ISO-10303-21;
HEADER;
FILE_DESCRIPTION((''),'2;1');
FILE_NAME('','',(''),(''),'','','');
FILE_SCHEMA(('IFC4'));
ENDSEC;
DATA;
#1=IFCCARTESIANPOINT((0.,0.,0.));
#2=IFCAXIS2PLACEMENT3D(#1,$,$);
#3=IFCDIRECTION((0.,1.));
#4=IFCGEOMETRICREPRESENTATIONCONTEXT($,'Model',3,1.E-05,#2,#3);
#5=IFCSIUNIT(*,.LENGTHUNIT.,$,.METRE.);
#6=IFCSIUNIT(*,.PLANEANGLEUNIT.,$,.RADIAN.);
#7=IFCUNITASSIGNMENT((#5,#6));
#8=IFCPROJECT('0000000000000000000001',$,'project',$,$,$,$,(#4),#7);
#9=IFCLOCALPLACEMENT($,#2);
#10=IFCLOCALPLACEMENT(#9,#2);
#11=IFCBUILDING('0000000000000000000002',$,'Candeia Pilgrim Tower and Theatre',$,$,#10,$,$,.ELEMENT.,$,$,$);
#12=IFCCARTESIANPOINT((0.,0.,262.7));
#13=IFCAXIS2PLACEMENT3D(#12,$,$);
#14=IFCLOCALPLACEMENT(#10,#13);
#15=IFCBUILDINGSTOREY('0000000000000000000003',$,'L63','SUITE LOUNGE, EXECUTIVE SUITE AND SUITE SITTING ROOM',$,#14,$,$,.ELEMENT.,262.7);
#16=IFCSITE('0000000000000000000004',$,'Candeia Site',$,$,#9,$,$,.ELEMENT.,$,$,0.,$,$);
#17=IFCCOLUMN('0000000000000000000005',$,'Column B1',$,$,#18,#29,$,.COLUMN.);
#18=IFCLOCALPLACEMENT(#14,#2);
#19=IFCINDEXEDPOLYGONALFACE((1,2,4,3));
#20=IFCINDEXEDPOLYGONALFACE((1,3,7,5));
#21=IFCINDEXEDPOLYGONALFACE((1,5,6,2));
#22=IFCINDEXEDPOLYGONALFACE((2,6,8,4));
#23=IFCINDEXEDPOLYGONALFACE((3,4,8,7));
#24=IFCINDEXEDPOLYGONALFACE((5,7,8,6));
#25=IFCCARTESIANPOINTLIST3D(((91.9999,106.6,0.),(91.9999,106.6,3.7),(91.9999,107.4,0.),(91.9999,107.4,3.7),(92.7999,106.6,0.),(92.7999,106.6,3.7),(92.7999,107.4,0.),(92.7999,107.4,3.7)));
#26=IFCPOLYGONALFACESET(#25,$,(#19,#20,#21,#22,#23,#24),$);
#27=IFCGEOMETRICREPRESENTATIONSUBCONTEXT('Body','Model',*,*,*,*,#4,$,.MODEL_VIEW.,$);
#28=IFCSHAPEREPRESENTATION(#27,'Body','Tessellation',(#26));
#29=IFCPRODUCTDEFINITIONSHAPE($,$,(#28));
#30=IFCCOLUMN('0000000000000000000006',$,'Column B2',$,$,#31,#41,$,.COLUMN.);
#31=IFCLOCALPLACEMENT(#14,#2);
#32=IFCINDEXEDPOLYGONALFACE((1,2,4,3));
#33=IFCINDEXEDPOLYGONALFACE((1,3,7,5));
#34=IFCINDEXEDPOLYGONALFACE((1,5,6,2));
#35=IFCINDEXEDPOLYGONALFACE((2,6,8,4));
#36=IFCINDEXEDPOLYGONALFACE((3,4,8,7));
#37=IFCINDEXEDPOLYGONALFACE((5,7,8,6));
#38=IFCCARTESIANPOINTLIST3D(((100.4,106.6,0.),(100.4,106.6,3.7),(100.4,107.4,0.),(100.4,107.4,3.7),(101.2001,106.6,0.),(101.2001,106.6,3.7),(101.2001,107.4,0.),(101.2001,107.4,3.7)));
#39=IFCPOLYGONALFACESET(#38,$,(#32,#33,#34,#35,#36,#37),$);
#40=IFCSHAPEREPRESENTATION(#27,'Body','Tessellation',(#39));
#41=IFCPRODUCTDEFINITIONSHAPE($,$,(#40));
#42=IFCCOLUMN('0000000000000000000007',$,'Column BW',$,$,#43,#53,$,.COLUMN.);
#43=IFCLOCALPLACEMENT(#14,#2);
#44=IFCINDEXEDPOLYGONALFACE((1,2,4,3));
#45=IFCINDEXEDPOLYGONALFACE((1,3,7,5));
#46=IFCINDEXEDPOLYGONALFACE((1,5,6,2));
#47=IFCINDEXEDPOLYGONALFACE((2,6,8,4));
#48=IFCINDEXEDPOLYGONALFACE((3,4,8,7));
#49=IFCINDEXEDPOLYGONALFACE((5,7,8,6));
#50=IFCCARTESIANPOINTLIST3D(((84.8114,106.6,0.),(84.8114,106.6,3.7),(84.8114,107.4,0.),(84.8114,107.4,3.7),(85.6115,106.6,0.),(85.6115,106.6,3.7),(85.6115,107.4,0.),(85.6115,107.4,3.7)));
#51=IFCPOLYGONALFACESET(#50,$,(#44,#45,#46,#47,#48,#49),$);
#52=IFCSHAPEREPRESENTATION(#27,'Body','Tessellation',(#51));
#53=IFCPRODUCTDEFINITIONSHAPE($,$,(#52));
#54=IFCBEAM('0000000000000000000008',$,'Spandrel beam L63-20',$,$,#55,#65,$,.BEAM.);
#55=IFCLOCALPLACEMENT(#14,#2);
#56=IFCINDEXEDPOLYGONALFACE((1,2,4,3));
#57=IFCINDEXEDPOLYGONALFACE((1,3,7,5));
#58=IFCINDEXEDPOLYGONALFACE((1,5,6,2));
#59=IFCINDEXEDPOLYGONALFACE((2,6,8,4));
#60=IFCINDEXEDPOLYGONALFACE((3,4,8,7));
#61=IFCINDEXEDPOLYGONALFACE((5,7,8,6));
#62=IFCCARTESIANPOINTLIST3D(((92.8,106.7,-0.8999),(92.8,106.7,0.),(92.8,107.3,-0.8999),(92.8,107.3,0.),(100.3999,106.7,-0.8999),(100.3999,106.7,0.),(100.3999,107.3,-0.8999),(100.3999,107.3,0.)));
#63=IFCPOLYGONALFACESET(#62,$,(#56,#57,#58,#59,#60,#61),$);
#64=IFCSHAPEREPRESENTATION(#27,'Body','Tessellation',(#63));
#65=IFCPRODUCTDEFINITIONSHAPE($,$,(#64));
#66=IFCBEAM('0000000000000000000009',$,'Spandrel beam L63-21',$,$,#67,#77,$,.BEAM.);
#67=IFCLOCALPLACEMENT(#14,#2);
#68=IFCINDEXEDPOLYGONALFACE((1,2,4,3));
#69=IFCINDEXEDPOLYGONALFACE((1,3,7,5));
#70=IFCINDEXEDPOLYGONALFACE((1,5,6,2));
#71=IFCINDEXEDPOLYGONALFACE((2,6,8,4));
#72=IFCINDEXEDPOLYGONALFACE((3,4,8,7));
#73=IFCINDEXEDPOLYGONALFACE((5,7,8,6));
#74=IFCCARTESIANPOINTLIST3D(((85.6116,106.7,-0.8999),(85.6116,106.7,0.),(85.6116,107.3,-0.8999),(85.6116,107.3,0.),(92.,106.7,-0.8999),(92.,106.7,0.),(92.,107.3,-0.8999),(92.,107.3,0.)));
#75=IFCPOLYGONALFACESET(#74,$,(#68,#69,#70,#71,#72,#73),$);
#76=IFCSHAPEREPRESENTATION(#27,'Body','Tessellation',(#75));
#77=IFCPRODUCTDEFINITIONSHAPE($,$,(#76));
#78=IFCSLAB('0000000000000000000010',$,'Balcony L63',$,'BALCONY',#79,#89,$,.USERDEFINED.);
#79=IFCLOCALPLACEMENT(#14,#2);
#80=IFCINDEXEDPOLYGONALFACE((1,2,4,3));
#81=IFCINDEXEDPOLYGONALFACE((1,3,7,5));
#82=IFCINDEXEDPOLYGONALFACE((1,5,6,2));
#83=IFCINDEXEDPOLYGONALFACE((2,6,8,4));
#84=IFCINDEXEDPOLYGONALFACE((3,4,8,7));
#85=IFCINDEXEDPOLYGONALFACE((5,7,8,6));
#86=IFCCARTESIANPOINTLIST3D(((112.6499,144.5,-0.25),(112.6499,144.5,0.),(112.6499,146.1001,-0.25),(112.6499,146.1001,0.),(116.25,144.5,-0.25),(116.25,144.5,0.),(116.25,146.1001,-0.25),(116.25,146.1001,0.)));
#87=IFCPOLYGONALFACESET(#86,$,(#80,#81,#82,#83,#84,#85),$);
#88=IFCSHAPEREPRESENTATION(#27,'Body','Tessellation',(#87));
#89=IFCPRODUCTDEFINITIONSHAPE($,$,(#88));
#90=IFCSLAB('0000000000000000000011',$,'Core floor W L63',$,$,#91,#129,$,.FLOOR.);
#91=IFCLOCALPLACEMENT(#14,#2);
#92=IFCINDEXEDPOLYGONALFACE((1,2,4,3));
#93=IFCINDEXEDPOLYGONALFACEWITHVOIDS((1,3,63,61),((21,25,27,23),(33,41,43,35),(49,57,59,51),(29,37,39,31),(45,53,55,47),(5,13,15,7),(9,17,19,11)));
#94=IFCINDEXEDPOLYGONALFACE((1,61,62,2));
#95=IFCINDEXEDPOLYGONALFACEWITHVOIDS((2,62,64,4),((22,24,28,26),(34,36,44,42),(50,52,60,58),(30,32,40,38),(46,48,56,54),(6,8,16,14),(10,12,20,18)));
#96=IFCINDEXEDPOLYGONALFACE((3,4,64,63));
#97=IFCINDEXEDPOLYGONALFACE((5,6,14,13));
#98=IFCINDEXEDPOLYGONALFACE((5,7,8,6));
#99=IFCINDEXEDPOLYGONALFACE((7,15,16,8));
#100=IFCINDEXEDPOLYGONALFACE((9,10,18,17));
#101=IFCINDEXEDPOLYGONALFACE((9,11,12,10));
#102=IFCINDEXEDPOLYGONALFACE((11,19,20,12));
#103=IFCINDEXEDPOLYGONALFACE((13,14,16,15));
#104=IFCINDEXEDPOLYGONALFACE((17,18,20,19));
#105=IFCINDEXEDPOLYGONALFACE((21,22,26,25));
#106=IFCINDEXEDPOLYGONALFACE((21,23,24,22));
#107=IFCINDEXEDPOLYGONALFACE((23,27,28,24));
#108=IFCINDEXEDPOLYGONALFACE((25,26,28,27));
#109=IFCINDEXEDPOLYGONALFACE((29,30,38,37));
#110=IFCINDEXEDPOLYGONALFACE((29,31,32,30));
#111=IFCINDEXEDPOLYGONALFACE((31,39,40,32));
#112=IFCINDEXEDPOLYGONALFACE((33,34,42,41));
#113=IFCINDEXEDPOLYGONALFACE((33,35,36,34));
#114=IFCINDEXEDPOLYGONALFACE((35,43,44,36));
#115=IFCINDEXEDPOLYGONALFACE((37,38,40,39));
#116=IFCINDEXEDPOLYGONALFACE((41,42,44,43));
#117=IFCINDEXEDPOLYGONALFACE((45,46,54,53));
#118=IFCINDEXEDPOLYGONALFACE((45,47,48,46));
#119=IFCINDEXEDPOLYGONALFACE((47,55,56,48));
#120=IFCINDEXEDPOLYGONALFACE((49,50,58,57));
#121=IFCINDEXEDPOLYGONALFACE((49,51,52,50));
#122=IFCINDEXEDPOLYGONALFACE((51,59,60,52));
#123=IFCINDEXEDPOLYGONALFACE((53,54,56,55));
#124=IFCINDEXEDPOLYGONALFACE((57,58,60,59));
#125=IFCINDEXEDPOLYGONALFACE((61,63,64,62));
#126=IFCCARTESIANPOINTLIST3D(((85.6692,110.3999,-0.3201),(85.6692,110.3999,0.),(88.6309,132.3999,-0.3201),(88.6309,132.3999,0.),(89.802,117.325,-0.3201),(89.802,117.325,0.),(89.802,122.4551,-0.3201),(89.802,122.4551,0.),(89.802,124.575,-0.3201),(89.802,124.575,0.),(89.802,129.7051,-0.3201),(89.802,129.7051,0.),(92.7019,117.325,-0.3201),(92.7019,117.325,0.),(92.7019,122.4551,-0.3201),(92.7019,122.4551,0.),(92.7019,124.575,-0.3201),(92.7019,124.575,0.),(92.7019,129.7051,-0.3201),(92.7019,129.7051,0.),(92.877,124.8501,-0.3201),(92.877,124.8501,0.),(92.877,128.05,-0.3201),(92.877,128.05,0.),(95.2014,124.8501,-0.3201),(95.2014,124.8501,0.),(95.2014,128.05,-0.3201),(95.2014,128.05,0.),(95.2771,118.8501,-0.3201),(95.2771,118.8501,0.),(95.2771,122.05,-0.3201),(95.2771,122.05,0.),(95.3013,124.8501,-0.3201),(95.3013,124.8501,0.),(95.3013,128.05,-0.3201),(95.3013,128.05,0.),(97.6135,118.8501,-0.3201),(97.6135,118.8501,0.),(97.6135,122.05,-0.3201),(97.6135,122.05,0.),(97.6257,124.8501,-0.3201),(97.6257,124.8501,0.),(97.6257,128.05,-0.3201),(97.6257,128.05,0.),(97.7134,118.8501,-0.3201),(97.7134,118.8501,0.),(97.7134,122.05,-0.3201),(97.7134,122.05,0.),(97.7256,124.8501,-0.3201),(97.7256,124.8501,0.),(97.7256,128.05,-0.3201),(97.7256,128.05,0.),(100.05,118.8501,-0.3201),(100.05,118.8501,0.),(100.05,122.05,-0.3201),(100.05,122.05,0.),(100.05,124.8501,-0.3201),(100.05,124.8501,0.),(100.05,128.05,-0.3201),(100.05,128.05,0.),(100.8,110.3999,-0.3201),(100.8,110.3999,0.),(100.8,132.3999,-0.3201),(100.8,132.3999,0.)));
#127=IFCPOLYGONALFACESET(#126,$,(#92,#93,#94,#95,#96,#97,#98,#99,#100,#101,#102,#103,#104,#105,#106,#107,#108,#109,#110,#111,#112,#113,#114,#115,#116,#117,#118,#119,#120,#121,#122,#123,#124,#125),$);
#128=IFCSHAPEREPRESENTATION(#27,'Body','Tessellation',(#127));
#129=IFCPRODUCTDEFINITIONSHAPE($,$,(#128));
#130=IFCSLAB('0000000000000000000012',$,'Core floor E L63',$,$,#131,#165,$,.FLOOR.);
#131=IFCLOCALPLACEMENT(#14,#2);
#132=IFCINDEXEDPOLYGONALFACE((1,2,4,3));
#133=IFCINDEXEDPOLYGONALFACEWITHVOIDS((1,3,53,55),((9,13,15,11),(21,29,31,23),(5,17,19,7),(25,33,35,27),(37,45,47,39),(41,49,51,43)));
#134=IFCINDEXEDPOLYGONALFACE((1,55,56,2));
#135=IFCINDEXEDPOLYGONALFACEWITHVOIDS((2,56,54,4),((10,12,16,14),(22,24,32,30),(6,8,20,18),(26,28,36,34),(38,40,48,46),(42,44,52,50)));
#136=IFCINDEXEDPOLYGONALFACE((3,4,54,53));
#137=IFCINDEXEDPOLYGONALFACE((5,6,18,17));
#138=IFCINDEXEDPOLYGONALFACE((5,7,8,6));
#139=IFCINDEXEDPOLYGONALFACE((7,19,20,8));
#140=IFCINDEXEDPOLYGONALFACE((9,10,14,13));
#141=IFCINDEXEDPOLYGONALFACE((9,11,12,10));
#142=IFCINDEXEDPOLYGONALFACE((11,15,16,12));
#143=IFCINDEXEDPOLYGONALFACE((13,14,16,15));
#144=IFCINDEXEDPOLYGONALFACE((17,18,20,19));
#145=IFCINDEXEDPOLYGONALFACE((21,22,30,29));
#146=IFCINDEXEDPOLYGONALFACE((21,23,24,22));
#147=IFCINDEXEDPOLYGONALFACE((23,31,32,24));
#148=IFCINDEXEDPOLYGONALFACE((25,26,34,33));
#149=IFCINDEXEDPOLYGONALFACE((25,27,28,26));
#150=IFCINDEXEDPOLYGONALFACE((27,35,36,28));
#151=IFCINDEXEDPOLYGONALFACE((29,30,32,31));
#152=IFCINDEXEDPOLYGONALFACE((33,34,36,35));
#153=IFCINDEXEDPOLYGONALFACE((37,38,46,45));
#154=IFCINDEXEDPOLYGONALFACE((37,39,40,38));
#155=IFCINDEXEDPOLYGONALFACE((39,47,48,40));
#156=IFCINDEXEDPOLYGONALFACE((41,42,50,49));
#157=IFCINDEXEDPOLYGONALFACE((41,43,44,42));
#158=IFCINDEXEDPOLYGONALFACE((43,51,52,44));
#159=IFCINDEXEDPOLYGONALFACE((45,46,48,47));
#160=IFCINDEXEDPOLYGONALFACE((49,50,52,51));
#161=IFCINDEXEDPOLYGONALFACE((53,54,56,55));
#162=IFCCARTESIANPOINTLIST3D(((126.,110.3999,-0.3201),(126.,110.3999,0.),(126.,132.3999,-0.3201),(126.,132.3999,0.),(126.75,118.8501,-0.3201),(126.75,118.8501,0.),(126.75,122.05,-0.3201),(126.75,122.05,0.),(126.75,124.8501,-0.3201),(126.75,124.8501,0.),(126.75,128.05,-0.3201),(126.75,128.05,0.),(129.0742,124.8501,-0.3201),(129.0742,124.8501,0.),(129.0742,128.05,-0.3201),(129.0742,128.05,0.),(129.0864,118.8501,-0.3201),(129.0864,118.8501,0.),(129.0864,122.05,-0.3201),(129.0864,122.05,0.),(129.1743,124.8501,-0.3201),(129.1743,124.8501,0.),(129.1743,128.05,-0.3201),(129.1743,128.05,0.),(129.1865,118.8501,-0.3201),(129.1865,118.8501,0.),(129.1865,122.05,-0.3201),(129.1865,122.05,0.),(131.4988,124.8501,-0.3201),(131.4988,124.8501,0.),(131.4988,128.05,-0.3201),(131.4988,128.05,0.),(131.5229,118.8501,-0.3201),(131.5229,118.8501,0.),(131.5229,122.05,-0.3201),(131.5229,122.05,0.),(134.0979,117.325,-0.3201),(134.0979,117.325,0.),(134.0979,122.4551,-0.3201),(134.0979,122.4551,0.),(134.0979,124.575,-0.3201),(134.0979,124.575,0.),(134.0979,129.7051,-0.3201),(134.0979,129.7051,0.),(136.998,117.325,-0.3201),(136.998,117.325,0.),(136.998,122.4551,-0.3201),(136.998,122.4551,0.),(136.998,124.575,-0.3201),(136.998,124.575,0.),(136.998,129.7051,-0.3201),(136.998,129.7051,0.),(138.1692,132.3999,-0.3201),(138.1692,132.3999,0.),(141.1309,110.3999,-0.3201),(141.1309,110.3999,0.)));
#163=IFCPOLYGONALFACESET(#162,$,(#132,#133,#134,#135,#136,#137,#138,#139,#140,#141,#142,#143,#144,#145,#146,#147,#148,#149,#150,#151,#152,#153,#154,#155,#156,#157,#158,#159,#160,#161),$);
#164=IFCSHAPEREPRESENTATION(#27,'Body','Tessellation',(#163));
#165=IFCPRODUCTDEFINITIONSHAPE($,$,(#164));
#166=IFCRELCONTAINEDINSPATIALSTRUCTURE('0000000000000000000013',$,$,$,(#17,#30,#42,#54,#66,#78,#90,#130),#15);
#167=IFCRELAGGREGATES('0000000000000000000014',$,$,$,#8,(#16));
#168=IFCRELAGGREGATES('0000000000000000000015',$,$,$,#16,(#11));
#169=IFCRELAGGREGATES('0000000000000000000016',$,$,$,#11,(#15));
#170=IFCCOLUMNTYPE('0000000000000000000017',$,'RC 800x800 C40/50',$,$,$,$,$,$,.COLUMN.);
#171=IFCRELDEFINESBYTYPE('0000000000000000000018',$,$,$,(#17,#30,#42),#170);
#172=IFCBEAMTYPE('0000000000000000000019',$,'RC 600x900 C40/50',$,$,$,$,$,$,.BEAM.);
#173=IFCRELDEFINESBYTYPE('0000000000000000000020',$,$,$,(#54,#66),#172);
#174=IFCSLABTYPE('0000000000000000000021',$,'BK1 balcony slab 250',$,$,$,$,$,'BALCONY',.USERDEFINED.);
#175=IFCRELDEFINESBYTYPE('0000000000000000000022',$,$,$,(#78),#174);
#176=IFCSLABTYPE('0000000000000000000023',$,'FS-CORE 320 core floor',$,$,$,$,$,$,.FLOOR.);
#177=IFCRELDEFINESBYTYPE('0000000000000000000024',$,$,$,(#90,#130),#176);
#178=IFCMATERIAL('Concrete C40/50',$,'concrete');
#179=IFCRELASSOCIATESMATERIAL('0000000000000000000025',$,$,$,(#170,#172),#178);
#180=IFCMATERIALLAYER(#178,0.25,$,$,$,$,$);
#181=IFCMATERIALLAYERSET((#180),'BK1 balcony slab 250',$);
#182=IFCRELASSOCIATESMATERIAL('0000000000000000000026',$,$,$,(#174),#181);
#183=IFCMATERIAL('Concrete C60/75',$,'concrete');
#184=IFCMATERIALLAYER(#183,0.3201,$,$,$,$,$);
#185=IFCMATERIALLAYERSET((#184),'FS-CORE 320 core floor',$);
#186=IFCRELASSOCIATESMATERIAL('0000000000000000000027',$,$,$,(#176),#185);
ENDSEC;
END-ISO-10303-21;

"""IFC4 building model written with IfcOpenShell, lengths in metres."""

from ifc_helpers import new_model, si_unit, direction, frame, origin, origin_2d, place, context, subcontext, project, spatial, polyline, rectangle, outline, extrude, material, layer, layer_set, material_profile, profile_set, type_object, element, save


model = new_model("IFC4")

# Units and contexts
model_context = context("Model", 3, precision=1e-05, world=origin(), true_north=direction((0.0, 1.0)))
body_context = subcontext(model_context, "Body", "Model", "MODEL_VIEW")
ifc_project = project(units=[si_unit("LENGTHUNIT", "METRE"), si_unit("PLANEANGLEUNIT", "RADIAN")], contexts=[model_context])

# Site, building, storey
site_placement = place(None, origin())
site = spatial("IfcSite", under=ifc_project, at=site_placement, Name="Candeia Site", CompositionType="ELEMENT", RefElevation=0.0)
building_placement = place(site_placement, origin())
building = spatial("IfcBuilding", under=site, at=building_placement, Name="Candeia Pilgrim Tower and Theatre", CompositionType="ELEMENT")
storey_placement = place(building_placement, frame((0.0, 0.0, 262.7)))
storey = spatial("IfcBuildingStorey", under=building, at=storey_placement, Name="L63", Description="SUITE LOUNGE, EXECUTIVE SUITE AND SUITE SITTING ROOM", CompositionType="ELEMENT", Elevation=262.7)

# Columns
ifc_material_1 = material(Name="Concrete C40/50", Category="concrete")
ifc_material_profile_1 = material_profile(ifc_material_1, rectangle(XDim=0.8, YDim=0.8, at=origin_2d()))
ifc_profile_set_1 = profile_set([ifc_material_profile_1], Name="Concrete C40/50")
column_type = type_object("IfcColumnType", Name="RC 800x800 C40/50", PredefinedType="COLUMN", material=ifc_profile_set_1)
for number, where, z_axis, x_axis, name in (
    (1, (92.3999, 107.0, 0.0), (0.0, 0.0, 1.0), (1.0, 0.0, 0.0), "Column B1"),
    (2, (100.8, 107.0, 0.0), (0.0, 0.0, 1.0), (1.0, 0.0, 0.0), "Column B2"),
    (3, (85.2114, 107.0, 0.0), (0.0, 0.0, 1.0), (1.0, 0.0, 0.0), "Column BW"),
):
    element("IfcColumn", number, at=place(storey_placement, frame(where, z_axis=z_axis, x_axis=x_axis)), inside=storey, type_object=column_type, Name=name, PredefinedType="COLUMN", context=body_context, shape_type="SweptSolid", body=[
        extrude(rectangle(XDim=0.8, YDim=0.8, at=origin_2d()), origin(), (0.0, 0.0, 1.0), 3.7),
    ])

# Beams
ifc_material_profile_2 = material_profile(ifc_material_1, rectangle(XDim=0.6001, YDim=0.8999, at=origin_2d()))
ifc_profile_set_2 = profile_set([ifc_material_profile_2], Name="Concrete C40/50")
beam_type = type_object("IfcBeamType", Name="RC 600x900 C40/50", PredefinedType="BEAM", material=ifc_profile_set_2)
beam_1_placement = place(storey_placement, frame((100.3999, 107.0, -0.45), z_axis=(-1.0, 0.0, 0.0), x_axis=(0.0, -1.0, 0.0)))
element("IfcBeam", 4, at=beam_1_placement, inside=storey, type_object=beam_type, Name="Spandrel beam L63-20", PredefinedType="BEAM", context=body_context, shape_type="SweptSolid", body=[
    extrude(rectangle(XDim=0.6001, YDim=0.8999, at=origin_2d()), origin(), (0.0, 0.0, 1.0), 7.5999),
])
beam_2_placement = place(storey_placement, frame((92.0, 107.0, -0.45), z_axis=(-1.0, 0.0, 0.0), x_axis=(0.0, -1.0, 0.0)))
element("IfcBeam", 5, at=beam_2_placement, inside=storey, type_object=beam_type, Name="Spandrel beam L63-21", PredefinedType="BEAM", context=body_context, shape_type="SweptSolid", body=[
    extrude(rectangle(XDim=0.6001, YDim=0.8999, at=origin_2d()), origin(), (0.0, 0.0, 1.0), 6.3884),
])

# Slabs
ifc_layer_1 = layer(ifc_material_1, 0.25)
ifc_layer_set_1 = layer_set([ifc_layer_1], Name="BK1 balcony slab 250")
slab_type_1 = type_object("IfcSlabType", Name="BK1 balcony slab 250", ElementType="BALCONY", PredefinedType="USERDEFINED", material=ifc_layer_set_1)
slab_1_placement = place(storey_placement, frame((0.0, 0.0, -0.25)))
element("IfcSlab", 6, at=slab_1_placement, inside=storey, type_object=slab_type_1, Name="Balcony L63", ObjectType="BALCONY", PredefinedType="USERDEFINED", context=body_context, shape_type="SweptSolid", body=[
    extrude(outline(polyline([(112.6499, 144.5), (116.25, 144.5), (116.25, 146.1001), (112.6499, 146.1001), (112.6499, 144.5)])), origin(), (0.0, 0.0, 1.0), 0.25),
])
ifc_material_2 = material(Name="Concrete C60/75", Category="concrete")
ifc_layer_2 = layer(ifc_material_2, 0.3201)
ifc_layer_set_2 = layer_set([ifc_layer_2], Name="FS-CORE 320 core floor")
slab_type_2 = type_object("IfcSlabType", Name="FS-CORE 320 core floor", PredefinedType="FLOOR", material=ifc_layer_set_2)
slab_2_placement = place(storey_placement, frame((0.0, 0.0, -0.3201)))
element("IfcSlab", 7, at=slab_2_placement, inside=storey, type_object=slab_type_2, Name="Core floor W L63", PredefinedType="FLOOR", context=body_context, shape_type="SweptSolid", body=[
    extrude(outline(polyline([(100.8, 132.3999), (100.8, 110.3999), (85.6692, 110.3999), (88.6309, 132.3999), (100.8, 132.3999)]), holes=[polyline([(97.7134, 122.05), (97.7134, 118.8501), (100.05, 118.8501), (100.05, 122.05), (97.7134, 122.05)]), polyline([(97.7256, 128.05), (97.7256, 124.8501), (100.05, 124.8501), (100.05, 128.05), (97.7256, 128.05)]), polyline([(95.3013, 128.05), (95.3013, 124.8501), (97.6257, 124.8501), (97.6257, 128.05), (95.3013, 128.05)]), polyline([(95.2771, 122.05), (95.2771, 118.8501), (97.6135, 118.8501), (97.6135, 122.05), (95.2771, 122.05)]), polyline([(92.877, 128.05), (92.877, 124.8501), (95.2014, 124.8501), (95.2014, 128.05), (92.877, 128.05)]), polyline([(89.802, 117.325), (92.7019, 117.325), (92.7019, 122.4551), (89.802, 122.4551), (89.802, 117.325)]), polyline([(89.802, 129.7051), (89.802, 124.575), (92.7019, 124.575), (92.7019, 129.7051), (89.802, 129.7051)])]), origin(), (0.0, 0.0, 1.0), 0.3201),
])
slab_3_placement = place(storey_placement, frame((0.0, 0.0, -0.3201)))
element("IfcSlab", 8, at=slab_3_placement, inside=storey, type_object=slab_type_2, Name="Core floor E L63", PredefinedType="FLOOR", context=body_context, shape_type="SweptSolid", body=[
    extrude(outline(polyline([(138.1692, 132.3999), (141.1309, 110.3999), (126.0, 110.3999), (126.0, 132.3999), (138.1692, 132.3999)]), holes=[polyline([(134.0979, 117.325), (136.998, 117.325), (136.998, 122.4551), (134.0979, 122.4551), (134.0979, 117.325)]), polyline([(134.0979, 129.7051), (134.0979, 124.575), (136.998, 124.575), (136.998, 129.7051), (134.0979, 129.7051)]), polyline([(131.5229, 122.05), (129.1865, 122.05), (129.1865, 118.8501), (131.5229, 118.8501), (131.5229, 122.05)]), polyline([(131.4988, 128.05), (129.1743, 128.05), (129.1743, 124.8501), (131.4988, 124.8501), (131.4988, 128.05)]), polyline([(129.0864, 122.05), (126.75, 122.05), (126.75, 118.8501), (129.0864, 118.8501), (129.0864, 122.05)]), polyline([(126.75, 128.05), (126.75, 124.8501), (129.0742, 124.8501), (129.0742, 128.05), (126.75, 128.05)])]), origin(), (0.0, 0.0, 1.0), 0.3201),
])

save(model, "model.ifc")
